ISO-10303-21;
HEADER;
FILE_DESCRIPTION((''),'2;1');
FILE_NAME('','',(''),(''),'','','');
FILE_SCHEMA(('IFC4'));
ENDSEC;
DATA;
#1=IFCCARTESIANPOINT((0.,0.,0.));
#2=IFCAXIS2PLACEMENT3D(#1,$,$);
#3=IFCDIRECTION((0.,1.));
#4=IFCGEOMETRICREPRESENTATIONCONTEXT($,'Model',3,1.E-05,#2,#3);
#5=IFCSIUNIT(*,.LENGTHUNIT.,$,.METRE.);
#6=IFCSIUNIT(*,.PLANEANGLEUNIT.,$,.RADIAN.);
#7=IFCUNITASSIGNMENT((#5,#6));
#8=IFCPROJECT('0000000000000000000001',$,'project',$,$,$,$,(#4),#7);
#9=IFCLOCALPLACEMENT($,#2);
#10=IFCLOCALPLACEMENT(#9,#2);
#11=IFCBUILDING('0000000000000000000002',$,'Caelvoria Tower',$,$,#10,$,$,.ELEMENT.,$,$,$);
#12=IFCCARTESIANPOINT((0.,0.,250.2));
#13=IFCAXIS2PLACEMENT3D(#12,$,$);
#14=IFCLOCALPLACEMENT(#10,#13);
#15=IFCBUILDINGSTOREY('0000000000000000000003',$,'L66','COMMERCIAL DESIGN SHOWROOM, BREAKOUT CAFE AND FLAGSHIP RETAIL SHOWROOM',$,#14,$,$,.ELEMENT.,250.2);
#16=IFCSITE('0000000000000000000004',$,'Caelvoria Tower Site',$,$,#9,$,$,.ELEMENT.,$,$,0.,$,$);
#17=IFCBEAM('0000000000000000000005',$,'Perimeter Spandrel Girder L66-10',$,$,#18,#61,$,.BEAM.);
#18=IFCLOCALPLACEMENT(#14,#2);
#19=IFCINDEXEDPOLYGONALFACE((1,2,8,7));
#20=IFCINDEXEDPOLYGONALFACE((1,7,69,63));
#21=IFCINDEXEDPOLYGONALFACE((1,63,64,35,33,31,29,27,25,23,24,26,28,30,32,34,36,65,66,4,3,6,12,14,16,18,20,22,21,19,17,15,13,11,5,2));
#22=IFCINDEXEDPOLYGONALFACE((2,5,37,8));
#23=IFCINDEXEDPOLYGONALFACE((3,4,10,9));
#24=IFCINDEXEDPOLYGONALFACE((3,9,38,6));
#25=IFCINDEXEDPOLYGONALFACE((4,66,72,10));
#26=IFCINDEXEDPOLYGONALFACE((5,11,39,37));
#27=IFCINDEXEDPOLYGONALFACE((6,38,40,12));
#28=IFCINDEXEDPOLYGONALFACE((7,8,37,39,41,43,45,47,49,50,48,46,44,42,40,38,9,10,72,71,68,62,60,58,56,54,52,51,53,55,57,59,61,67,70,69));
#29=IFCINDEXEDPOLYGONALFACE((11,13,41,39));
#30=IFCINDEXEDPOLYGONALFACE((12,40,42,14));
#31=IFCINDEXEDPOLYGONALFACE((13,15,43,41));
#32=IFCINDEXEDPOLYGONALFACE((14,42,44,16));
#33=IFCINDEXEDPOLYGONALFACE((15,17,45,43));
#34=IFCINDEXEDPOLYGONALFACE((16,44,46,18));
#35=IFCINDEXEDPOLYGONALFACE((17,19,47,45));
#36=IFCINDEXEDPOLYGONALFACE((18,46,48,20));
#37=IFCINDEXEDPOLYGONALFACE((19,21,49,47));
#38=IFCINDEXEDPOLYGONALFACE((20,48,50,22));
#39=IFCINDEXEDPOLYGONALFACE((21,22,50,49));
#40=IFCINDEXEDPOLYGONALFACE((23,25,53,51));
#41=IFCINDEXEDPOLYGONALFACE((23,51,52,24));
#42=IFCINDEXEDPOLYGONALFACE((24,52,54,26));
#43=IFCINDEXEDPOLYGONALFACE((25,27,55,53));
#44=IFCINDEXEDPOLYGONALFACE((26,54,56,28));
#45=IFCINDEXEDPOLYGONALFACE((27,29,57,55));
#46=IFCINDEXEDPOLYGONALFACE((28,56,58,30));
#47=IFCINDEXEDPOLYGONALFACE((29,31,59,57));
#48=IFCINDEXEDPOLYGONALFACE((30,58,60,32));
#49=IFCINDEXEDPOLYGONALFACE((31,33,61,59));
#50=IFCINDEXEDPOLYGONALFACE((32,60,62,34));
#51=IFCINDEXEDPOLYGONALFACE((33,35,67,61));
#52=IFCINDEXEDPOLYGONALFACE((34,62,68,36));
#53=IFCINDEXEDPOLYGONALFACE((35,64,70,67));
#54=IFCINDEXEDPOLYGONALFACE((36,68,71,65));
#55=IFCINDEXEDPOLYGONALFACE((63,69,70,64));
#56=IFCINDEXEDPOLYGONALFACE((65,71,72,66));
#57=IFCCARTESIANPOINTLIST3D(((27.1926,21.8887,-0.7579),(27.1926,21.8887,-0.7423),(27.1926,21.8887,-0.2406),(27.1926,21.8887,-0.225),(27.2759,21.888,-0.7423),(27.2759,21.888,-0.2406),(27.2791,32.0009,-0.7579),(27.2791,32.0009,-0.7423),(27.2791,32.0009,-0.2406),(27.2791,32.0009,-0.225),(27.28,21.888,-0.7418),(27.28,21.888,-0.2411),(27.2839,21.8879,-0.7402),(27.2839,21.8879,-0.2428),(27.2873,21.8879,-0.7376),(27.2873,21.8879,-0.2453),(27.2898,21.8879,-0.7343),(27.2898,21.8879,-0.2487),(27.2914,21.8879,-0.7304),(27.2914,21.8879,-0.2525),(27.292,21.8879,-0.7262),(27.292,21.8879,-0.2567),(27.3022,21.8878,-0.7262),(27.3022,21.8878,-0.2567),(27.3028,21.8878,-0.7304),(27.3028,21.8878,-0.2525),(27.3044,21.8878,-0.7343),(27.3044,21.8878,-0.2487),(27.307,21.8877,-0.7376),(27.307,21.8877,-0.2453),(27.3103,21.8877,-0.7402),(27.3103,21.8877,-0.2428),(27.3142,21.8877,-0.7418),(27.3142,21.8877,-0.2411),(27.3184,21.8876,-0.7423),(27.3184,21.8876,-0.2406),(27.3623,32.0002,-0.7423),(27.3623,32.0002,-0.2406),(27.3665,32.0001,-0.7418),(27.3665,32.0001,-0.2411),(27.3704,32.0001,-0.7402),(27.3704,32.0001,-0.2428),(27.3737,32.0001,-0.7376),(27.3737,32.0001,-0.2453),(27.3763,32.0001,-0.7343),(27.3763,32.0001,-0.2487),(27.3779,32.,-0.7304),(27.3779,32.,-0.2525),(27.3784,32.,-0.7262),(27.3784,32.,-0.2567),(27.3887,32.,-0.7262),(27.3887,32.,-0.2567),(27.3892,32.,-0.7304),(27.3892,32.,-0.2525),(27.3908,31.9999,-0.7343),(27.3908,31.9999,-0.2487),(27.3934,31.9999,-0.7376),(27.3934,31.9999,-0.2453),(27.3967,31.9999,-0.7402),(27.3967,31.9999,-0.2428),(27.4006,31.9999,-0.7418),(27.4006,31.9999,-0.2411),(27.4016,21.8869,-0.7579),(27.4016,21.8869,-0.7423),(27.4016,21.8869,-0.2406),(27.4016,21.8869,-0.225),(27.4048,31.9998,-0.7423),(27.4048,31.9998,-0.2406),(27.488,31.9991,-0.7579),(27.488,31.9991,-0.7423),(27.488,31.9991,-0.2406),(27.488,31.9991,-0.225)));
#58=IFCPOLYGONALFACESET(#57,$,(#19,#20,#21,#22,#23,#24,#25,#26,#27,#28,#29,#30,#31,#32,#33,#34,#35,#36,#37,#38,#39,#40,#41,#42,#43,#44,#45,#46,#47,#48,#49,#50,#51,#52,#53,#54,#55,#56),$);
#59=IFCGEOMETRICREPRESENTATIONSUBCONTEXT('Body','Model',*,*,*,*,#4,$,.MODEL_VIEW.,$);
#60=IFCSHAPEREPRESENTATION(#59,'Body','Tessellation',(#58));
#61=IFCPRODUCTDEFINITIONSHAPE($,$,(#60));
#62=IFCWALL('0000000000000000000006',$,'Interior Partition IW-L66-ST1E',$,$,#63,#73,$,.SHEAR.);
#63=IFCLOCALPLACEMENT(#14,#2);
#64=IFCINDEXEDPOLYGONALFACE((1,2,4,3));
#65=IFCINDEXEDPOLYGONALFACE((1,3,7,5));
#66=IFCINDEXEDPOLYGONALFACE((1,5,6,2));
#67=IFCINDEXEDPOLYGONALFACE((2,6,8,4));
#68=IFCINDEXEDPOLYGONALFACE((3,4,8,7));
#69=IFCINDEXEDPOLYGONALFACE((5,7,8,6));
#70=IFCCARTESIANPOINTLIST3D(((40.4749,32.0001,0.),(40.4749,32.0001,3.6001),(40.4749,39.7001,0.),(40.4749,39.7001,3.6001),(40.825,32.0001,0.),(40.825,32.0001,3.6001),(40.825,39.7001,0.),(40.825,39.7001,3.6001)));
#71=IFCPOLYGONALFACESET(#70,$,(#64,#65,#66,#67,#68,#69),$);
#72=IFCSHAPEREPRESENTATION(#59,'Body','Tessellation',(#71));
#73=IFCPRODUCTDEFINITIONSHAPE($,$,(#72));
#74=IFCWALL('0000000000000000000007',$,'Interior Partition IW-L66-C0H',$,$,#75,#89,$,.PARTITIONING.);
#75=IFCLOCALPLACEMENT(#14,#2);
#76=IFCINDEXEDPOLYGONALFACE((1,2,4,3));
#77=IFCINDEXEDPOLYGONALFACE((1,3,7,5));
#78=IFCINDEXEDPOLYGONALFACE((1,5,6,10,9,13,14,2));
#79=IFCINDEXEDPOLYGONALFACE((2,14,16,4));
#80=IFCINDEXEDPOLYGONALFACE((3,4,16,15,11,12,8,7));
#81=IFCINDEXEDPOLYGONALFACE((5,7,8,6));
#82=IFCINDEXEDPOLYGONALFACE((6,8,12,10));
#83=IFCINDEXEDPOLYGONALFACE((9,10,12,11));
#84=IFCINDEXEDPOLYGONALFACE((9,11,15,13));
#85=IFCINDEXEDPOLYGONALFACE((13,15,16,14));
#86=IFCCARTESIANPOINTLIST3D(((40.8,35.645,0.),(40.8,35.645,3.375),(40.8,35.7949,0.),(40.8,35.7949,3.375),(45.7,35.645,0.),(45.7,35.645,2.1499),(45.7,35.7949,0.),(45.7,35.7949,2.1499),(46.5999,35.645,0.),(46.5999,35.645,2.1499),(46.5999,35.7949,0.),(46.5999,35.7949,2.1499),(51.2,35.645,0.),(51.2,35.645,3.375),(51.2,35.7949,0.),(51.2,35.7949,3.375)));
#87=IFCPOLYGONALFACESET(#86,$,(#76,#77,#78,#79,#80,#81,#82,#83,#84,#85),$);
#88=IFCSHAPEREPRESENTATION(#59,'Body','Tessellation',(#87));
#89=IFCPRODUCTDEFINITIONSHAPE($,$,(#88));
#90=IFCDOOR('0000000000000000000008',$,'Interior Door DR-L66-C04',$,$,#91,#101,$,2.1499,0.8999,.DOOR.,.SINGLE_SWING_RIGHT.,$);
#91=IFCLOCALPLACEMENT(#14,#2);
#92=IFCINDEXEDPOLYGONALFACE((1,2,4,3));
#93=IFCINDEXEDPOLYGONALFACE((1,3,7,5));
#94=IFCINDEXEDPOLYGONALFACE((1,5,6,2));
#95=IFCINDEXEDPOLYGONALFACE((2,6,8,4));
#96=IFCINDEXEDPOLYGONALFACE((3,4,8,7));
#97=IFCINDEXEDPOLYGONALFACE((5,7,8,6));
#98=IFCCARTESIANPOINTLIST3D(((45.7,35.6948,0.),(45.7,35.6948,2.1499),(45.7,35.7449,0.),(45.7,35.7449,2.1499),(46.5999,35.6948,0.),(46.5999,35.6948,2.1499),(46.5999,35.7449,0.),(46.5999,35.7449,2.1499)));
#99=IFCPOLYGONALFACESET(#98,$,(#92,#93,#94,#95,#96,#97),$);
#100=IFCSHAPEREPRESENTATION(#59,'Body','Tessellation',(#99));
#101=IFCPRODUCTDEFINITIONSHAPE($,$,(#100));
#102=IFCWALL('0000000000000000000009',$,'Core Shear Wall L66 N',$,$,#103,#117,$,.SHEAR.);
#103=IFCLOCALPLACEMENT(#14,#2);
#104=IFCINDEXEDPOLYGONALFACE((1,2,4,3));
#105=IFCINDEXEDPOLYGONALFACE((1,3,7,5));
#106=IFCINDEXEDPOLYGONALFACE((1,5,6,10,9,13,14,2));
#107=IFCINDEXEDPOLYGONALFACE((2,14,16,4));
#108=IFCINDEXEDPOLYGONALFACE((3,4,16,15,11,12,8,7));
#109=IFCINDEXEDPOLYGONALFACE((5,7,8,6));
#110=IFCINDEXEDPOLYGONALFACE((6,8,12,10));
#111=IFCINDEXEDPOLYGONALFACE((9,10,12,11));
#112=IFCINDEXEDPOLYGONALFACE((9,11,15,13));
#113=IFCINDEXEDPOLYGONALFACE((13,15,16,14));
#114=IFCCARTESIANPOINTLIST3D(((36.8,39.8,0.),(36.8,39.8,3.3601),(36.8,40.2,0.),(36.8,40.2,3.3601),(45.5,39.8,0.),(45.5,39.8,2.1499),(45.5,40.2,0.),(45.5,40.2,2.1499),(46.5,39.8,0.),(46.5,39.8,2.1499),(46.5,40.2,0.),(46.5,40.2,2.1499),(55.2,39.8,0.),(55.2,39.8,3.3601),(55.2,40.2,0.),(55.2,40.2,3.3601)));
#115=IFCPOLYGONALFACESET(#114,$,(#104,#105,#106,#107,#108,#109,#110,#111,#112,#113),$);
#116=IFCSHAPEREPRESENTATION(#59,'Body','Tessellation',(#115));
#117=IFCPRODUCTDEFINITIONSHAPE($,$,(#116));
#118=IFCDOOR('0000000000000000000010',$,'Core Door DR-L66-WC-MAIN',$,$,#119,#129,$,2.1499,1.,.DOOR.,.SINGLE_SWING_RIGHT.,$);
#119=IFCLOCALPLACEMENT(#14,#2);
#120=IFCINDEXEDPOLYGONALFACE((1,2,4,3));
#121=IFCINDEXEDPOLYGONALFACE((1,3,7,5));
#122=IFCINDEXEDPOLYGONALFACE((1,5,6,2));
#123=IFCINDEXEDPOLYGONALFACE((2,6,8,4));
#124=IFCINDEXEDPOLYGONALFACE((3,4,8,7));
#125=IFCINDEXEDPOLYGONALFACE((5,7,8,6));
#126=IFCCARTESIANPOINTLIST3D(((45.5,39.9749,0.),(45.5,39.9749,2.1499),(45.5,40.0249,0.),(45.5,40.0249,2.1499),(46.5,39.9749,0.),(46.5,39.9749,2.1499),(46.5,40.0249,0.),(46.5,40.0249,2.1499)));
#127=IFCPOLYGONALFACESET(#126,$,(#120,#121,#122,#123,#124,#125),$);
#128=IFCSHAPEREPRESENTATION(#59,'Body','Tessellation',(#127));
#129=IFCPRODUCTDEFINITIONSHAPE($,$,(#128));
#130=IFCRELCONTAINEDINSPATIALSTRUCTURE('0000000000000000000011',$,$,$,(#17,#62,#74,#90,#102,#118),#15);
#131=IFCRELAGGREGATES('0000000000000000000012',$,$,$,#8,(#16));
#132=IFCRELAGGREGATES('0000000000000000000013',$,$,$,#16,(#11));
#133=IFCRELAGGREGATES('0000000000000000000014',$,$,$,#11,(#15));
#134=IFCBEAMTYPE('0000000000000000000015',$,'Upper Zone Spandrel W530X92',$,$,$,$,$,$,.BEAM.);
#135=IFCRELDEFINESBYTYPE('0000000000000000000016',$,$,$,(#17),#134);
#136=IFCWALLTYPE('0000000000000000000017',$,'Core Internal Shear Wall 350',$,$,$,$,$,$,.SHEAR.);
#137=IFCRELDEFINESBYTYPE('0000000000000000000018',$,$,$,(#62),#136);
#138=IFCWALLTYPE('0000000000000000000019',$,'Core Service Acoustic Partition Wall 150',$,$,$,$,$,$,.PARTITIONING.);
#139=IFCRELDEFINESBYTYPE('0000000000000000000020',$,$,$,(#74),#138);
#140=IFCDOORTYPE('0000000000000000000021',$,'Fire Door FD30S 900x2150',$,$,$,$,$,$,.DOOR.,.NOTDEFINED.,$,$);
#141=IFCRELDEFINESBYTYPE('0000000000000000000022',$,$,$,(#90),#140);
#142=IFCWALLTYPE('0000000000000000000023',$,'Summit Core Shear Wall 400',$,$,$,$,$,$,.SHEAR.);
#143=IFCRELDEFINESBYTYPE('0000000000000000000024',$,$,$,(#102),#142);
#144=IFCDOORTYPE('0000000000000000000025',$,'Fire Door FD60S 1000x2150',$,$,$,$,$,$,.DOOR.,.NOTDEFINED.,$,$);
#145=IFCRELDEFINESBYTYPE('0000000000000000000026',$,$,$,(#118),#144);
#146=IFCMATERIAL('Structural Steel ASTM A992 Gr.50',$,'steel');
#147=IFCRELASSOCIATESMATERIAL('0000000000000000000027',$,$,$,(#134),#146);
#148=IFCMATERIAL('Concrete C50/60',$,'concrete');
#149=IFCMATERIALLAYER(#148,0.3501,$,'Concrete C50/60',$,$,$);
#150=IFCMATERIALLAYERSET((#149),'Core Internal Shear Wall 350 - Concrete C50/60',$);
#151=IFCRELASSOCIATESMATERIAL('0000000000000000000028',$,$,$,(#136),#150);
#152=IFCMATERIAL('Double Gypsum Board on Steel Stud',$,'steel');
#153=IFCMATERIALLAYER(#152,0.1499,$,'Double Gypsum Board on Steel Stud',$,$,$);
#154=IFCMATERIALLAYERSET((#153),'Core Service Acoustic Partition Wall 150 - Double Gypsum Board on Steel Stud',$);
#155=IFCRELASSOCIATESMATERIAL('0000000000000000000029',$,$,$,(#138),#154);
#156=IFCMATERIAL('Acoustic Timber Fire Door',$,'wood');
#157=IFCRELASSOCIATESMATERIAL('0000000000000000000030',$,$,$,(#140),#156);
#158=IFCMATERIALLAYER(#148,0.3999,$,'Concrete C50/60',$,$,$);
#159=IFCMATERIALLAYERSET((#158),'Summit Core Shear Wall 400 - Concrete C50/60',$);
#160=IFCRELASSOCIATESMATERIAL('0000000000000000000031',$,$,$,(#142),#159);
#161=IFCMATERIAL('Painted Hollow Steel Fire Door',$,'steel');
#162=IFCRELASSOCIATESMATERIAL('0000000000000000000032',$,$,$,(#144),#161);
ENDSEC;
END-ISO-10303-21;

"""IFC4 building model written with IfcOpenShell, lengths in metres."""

from ifc_helpers import new_model, si_unit, direction, frame, frame_2d, origin, origin_2d, place, context, subcontext, project, spatial, rectangle, i_section, extrude, material, layer, layer_set, material_profile, profile_set, type_object, element, fill, save


model = new_model("IFC4")

# Units and contexts
model_context = context("Model", 3, precision=1e-05, world=origin(), true_north=direction((0.0, 1.0)))
body_context = subcontext(model_context, "Body", "Model", "MODEL_VIEW")
ifc_project = project(units=[si_unit("LENGTHUNIT", "METRE"), si_unit("PLANEANGLEUNIT", "RADIAN")], contexts=[model_context])

# Site, building, storey
site_placement = place(None, origin())
site = spatial("IfcSite", under=ifc_project, at=site_placement, Name="Caelvoria Tower Site", CompositionType="ELEMENT", RefElevation=0.0)
building_placement = place(site_placement, origin())
building = spatial("IfcBuilding", under=site, at=building_placement, Name="Caelvoria Tower", CompositionType="ELEMENT")
storey_placement = place(building_placement, frame((0.0, 0.0, 250.2)))
storey = spatial("IfcBuildingStorey", under=building, at=storey_placement, Name="L66", Description="COMMERCIAL DESIGN SHOWROOM, BREAKOUT CAFE AND FLAGSHIP RETAIL SHOWROOM", CompositionType="ELEMENT", Elevation=250.2)

# Shared definitions
ifc_material_1 = material(Name="Structural Steel ASTM A992 Gr.50", Category="steel")

# Beam
ifc_material_profile_1 = material_profile(ifc_material_1, i_section(OverallWidth=0.209, OverallDepth=0.533, WebThickness=0.0103, FlangeThickness=0.0156, FilletRadius=0.0161, at=origin_2d()), Name="Structural Steel ASTM A992 Gr.50")
ifc_profile_set_1 = profile_set([ifc_material_profile_1], Name="W530X92 - Structural Steel ASTM A992 Gr.50")
beam_type_1 = type_object("IfcBeamType", Name="Upper Zone Spandrel W530X92", PredefinedType="BEAM", material=ifc_profile_set_1)
beam_1_placement = place(storey_placement, frame((27.3835, 32.0, -0.4915), z_axis=(-0.008546, -0.999963, 0.0), x_axis=(0.999963, -0.008546, 0.0)))
element("IfcBeam", 1, at=beam_1_placement, inside=storey, type_object=beam_type_1, Name="Perimeter Spandrel Girder L66-10", PredefinedType="BEAM", context=body_context, shape_type="SweptSolid", body=[
    extrude(i_section(OverallWidth=0.209, OverallDepth=0.533, WebThickness=0.0103, FlangeThickness=0.0156, FilletRadius=0.0161, at=origin_2d()), origin(), (0.0, 0.0, 1.0), 10.1125),
])

# Shared definitions
ifc_material_2 = material(Name="Concrete C50/60", Category="concrete")
ifc_layer_1 = layer(ifc_material_2, 0.3501, Name="Concrete C50/60")
ifc_layer_set_1 = layer_set([ifc_layer_1], Name="Core Internal Shear Wall 350 - Concrete C50/60")
wall_type_1 = type_object("IfcWallType", Name="Core Internal Shear Wall 350", PredefinedType="SHEAR", material=ifc_layer_set_1)
ifc_material_3 = material(Name="Painted Hollow Steel Fire Door", Category="steel")

# Wall
wall_1_placement = place(storey_placement, frame((40.6499, 32.0, 0.0), z_axis=(0.0, 0.0, 1.0), x_axis=(0.0, 1.0, 0.0)))
element("IfcWall", 2, at=wall_1_placement, inside=storey, type_object=wall_type_1, Name="Interior Partition IW-L66-ST1E", PredefinedType="SHEAR", context=body_context, shape_type="SweptSolid", body=[
    extrude(rectangle(XDim=7.7, YDim=0.3501, at=frame_2d((3.8501, 0.0))), origin(), (0.0, 0.0, 1.0), 3.6001),
])

# Walls, openings, doors
ifc_material_4 = material(Name="Double Gypsum Board on Steel Stud", Category="steel")
ifc_layer_2 = layer(ifc_material_4, 0.1499, Name="Double Gypsum Board on Steel Stud")
ifc_layer_set_2 = layer_set([ifc_layer_2], Name="Core Service Acoustic Partition Wall 150 - Double Gypsum Board on Steel Stud")
wall_type_2 = type_object("IfcWallType", Name="Core Service Acoustic Partition Wall 150", PredefinedType="PARTITIONING", material=ifc_layer_set_2)
wall_2_placement = place(storey_placement, frame((40.8, 35.72, 0.0), z_axis=(0.0, 0.0, 1.0), x_axis=(1.0, 0.0, 0.0)))
wall_2 = element("IfcWall", 3, at=wall_2_placement, inside=storey, type_object=wall_type_2, Name="Interior Partition IW-L66-C0H", PredefinedType="PARTITIONING", context=body_context, shape_type="SweptSolid", body=[
    extrude(rectangle(XDim=10.3999, YDim=0.1499, at=frame_2d((5.2, 0.0))), origin(), (0.0, 0.0, 1.0), 3.375),
])
opening_1_placement = place(wall_2_placement, frame((4.8999, 0.0, 0.0)))
opening_1 = element("IfcOpeningElement", 4, at=opening_1_placement, cuts=wall_2, PredefinedType="OPENING", context=body_context, shape_type="SweptSolid", body=[
    extrude(rectangle(XDim=0.8999, YDim=2.1499, at=frame_2d((0.45, 1.075))), frame((0.0, 0.085, 0.0), z_axis=(0.0, -1.0, 0.0), x_axis=(1.0, 0.0, 0.0)), (0.0, 0.0, 1.0), 0.1699),
])
ifc_material_5 = material(Name="Acoustic Timber Fire Door", Category="wood")
door_type_1 = type_object("IfcDoorType", Name="Fire Door FD30S 900x2150", OperationType="NOTDEFINED", PredefinedType="DOOR", material=ifc_material_5)
door_1_placement = place(opening_1_placement, origin())
door_1 = element("IfcDoor", 5, at=door_1_placement, inside=storey, type_object=door_type_1, Name="Interior Door DR-L66-C04", OperationType="SINGLE_SWING_RIGHT", OverallHeight=2.1499, OverallWidth=0.8999, PredefinedType="DOOR", context=body_context, shape_type="SweptSolid", body=[
    extrude(rectangle(XDim=0.8999, YDim=2.1499, at=frame_2d((0.45, 1.075))), frame((0.0, 0.0249, 0.0), z_axis=(0.0, -1.0, 0.0), x_axis=(1.0, 0.0, 0.0)), (0.0, 0.0, 1.0), 0.05),
])
fill(opening_1, door_1)
ifc_layer_3 = layer(ifc_material_2, 0.3999, Name="Concrete C50/60")
ifc_layer_set_3 = layer_set([ifc_layer_3], Name="Summit Core Shear Wall 400 - Concrete C50/60")
wall_type_3 = type_object("IfcWallType", Name="Summit Core Shear Wall 400", PredefinedType="SHEAR", material=ifc_layer_set_3)
wall_3_placement = place(storey_placement, frame((36.8, 40.0, 0.0), z_axis=(0.0, 0.0, 1.0), x_axis=(1.0, 0.0, 0.0)))
wall_3 = element("IfcWall", 6, at=wall_3_placement, inside=storey, type_object=wall_type_3, Name="Core Shear Wall L66 N", PredefinedType="SHEAR", context=body_context, shape_type="SweptSolid", body=[
    extrude(rectangle(XDim=18.3999, YDim=0.3999, at=frame_2d((9.2, 0.0))), origin(), (0.0, 0.0, 1.0), 3.3601),
])
opening_2_placement = place(wall_3_placement, frame((8.7, 0.0, 0.0)))
opening_2 = element("IfcOpeningElement", 7, at=opening_2_placement, cuts=wall_3, PredefinedType="OPENING", context=body_context, shape_type="SweptSolid", body=[
    extrude(rectangle(XDim=1.0, YDim=2.1499, at=frame_2d((0.5, 1.075))), frame((0.0, 0.21, 0.0), z_axis=(0.0, -1.0, 0.0), x_axis=(1.0, 0.0, 0.0)), (0.0, 0.0, 1.0), 0.4199),
])
door_type_2 = type_object("IfcDoorType", Name="Fire Door FD60S 1000x2150", OperationType="NOTDEFINED", PredefinedType="DOOR", material=ifc_material_3)
door_2_placement = place(opening_2_placement, origin())
door_2 = element("IfcDoor", 8, at=door_2_placement, inside=storey, type_object=door_type_2, Name="Core Door DR-L66-WC-MAIN", OperationType="SINGLE_SWING_RIGHT", OverallHeight=2.1499, OverallWidth=1.0, PredefinedType="DOOR", context=body_context, shape_type="SweptSolid", body=[
    extrude(rectangle(XDim=1.0, YDim=2.1499, at=frame_2d((0.5, 1.075))), frame((0.0, 0.0249, 0.0), z_axis=(0.0, -1.0, 0.0), x_axis=(1.0, 0.0, 0.0)), (0.0, 0.0, 1.0), 0.05),
])
fill(opening_2, door_2)

save(model, "model.ifc")
